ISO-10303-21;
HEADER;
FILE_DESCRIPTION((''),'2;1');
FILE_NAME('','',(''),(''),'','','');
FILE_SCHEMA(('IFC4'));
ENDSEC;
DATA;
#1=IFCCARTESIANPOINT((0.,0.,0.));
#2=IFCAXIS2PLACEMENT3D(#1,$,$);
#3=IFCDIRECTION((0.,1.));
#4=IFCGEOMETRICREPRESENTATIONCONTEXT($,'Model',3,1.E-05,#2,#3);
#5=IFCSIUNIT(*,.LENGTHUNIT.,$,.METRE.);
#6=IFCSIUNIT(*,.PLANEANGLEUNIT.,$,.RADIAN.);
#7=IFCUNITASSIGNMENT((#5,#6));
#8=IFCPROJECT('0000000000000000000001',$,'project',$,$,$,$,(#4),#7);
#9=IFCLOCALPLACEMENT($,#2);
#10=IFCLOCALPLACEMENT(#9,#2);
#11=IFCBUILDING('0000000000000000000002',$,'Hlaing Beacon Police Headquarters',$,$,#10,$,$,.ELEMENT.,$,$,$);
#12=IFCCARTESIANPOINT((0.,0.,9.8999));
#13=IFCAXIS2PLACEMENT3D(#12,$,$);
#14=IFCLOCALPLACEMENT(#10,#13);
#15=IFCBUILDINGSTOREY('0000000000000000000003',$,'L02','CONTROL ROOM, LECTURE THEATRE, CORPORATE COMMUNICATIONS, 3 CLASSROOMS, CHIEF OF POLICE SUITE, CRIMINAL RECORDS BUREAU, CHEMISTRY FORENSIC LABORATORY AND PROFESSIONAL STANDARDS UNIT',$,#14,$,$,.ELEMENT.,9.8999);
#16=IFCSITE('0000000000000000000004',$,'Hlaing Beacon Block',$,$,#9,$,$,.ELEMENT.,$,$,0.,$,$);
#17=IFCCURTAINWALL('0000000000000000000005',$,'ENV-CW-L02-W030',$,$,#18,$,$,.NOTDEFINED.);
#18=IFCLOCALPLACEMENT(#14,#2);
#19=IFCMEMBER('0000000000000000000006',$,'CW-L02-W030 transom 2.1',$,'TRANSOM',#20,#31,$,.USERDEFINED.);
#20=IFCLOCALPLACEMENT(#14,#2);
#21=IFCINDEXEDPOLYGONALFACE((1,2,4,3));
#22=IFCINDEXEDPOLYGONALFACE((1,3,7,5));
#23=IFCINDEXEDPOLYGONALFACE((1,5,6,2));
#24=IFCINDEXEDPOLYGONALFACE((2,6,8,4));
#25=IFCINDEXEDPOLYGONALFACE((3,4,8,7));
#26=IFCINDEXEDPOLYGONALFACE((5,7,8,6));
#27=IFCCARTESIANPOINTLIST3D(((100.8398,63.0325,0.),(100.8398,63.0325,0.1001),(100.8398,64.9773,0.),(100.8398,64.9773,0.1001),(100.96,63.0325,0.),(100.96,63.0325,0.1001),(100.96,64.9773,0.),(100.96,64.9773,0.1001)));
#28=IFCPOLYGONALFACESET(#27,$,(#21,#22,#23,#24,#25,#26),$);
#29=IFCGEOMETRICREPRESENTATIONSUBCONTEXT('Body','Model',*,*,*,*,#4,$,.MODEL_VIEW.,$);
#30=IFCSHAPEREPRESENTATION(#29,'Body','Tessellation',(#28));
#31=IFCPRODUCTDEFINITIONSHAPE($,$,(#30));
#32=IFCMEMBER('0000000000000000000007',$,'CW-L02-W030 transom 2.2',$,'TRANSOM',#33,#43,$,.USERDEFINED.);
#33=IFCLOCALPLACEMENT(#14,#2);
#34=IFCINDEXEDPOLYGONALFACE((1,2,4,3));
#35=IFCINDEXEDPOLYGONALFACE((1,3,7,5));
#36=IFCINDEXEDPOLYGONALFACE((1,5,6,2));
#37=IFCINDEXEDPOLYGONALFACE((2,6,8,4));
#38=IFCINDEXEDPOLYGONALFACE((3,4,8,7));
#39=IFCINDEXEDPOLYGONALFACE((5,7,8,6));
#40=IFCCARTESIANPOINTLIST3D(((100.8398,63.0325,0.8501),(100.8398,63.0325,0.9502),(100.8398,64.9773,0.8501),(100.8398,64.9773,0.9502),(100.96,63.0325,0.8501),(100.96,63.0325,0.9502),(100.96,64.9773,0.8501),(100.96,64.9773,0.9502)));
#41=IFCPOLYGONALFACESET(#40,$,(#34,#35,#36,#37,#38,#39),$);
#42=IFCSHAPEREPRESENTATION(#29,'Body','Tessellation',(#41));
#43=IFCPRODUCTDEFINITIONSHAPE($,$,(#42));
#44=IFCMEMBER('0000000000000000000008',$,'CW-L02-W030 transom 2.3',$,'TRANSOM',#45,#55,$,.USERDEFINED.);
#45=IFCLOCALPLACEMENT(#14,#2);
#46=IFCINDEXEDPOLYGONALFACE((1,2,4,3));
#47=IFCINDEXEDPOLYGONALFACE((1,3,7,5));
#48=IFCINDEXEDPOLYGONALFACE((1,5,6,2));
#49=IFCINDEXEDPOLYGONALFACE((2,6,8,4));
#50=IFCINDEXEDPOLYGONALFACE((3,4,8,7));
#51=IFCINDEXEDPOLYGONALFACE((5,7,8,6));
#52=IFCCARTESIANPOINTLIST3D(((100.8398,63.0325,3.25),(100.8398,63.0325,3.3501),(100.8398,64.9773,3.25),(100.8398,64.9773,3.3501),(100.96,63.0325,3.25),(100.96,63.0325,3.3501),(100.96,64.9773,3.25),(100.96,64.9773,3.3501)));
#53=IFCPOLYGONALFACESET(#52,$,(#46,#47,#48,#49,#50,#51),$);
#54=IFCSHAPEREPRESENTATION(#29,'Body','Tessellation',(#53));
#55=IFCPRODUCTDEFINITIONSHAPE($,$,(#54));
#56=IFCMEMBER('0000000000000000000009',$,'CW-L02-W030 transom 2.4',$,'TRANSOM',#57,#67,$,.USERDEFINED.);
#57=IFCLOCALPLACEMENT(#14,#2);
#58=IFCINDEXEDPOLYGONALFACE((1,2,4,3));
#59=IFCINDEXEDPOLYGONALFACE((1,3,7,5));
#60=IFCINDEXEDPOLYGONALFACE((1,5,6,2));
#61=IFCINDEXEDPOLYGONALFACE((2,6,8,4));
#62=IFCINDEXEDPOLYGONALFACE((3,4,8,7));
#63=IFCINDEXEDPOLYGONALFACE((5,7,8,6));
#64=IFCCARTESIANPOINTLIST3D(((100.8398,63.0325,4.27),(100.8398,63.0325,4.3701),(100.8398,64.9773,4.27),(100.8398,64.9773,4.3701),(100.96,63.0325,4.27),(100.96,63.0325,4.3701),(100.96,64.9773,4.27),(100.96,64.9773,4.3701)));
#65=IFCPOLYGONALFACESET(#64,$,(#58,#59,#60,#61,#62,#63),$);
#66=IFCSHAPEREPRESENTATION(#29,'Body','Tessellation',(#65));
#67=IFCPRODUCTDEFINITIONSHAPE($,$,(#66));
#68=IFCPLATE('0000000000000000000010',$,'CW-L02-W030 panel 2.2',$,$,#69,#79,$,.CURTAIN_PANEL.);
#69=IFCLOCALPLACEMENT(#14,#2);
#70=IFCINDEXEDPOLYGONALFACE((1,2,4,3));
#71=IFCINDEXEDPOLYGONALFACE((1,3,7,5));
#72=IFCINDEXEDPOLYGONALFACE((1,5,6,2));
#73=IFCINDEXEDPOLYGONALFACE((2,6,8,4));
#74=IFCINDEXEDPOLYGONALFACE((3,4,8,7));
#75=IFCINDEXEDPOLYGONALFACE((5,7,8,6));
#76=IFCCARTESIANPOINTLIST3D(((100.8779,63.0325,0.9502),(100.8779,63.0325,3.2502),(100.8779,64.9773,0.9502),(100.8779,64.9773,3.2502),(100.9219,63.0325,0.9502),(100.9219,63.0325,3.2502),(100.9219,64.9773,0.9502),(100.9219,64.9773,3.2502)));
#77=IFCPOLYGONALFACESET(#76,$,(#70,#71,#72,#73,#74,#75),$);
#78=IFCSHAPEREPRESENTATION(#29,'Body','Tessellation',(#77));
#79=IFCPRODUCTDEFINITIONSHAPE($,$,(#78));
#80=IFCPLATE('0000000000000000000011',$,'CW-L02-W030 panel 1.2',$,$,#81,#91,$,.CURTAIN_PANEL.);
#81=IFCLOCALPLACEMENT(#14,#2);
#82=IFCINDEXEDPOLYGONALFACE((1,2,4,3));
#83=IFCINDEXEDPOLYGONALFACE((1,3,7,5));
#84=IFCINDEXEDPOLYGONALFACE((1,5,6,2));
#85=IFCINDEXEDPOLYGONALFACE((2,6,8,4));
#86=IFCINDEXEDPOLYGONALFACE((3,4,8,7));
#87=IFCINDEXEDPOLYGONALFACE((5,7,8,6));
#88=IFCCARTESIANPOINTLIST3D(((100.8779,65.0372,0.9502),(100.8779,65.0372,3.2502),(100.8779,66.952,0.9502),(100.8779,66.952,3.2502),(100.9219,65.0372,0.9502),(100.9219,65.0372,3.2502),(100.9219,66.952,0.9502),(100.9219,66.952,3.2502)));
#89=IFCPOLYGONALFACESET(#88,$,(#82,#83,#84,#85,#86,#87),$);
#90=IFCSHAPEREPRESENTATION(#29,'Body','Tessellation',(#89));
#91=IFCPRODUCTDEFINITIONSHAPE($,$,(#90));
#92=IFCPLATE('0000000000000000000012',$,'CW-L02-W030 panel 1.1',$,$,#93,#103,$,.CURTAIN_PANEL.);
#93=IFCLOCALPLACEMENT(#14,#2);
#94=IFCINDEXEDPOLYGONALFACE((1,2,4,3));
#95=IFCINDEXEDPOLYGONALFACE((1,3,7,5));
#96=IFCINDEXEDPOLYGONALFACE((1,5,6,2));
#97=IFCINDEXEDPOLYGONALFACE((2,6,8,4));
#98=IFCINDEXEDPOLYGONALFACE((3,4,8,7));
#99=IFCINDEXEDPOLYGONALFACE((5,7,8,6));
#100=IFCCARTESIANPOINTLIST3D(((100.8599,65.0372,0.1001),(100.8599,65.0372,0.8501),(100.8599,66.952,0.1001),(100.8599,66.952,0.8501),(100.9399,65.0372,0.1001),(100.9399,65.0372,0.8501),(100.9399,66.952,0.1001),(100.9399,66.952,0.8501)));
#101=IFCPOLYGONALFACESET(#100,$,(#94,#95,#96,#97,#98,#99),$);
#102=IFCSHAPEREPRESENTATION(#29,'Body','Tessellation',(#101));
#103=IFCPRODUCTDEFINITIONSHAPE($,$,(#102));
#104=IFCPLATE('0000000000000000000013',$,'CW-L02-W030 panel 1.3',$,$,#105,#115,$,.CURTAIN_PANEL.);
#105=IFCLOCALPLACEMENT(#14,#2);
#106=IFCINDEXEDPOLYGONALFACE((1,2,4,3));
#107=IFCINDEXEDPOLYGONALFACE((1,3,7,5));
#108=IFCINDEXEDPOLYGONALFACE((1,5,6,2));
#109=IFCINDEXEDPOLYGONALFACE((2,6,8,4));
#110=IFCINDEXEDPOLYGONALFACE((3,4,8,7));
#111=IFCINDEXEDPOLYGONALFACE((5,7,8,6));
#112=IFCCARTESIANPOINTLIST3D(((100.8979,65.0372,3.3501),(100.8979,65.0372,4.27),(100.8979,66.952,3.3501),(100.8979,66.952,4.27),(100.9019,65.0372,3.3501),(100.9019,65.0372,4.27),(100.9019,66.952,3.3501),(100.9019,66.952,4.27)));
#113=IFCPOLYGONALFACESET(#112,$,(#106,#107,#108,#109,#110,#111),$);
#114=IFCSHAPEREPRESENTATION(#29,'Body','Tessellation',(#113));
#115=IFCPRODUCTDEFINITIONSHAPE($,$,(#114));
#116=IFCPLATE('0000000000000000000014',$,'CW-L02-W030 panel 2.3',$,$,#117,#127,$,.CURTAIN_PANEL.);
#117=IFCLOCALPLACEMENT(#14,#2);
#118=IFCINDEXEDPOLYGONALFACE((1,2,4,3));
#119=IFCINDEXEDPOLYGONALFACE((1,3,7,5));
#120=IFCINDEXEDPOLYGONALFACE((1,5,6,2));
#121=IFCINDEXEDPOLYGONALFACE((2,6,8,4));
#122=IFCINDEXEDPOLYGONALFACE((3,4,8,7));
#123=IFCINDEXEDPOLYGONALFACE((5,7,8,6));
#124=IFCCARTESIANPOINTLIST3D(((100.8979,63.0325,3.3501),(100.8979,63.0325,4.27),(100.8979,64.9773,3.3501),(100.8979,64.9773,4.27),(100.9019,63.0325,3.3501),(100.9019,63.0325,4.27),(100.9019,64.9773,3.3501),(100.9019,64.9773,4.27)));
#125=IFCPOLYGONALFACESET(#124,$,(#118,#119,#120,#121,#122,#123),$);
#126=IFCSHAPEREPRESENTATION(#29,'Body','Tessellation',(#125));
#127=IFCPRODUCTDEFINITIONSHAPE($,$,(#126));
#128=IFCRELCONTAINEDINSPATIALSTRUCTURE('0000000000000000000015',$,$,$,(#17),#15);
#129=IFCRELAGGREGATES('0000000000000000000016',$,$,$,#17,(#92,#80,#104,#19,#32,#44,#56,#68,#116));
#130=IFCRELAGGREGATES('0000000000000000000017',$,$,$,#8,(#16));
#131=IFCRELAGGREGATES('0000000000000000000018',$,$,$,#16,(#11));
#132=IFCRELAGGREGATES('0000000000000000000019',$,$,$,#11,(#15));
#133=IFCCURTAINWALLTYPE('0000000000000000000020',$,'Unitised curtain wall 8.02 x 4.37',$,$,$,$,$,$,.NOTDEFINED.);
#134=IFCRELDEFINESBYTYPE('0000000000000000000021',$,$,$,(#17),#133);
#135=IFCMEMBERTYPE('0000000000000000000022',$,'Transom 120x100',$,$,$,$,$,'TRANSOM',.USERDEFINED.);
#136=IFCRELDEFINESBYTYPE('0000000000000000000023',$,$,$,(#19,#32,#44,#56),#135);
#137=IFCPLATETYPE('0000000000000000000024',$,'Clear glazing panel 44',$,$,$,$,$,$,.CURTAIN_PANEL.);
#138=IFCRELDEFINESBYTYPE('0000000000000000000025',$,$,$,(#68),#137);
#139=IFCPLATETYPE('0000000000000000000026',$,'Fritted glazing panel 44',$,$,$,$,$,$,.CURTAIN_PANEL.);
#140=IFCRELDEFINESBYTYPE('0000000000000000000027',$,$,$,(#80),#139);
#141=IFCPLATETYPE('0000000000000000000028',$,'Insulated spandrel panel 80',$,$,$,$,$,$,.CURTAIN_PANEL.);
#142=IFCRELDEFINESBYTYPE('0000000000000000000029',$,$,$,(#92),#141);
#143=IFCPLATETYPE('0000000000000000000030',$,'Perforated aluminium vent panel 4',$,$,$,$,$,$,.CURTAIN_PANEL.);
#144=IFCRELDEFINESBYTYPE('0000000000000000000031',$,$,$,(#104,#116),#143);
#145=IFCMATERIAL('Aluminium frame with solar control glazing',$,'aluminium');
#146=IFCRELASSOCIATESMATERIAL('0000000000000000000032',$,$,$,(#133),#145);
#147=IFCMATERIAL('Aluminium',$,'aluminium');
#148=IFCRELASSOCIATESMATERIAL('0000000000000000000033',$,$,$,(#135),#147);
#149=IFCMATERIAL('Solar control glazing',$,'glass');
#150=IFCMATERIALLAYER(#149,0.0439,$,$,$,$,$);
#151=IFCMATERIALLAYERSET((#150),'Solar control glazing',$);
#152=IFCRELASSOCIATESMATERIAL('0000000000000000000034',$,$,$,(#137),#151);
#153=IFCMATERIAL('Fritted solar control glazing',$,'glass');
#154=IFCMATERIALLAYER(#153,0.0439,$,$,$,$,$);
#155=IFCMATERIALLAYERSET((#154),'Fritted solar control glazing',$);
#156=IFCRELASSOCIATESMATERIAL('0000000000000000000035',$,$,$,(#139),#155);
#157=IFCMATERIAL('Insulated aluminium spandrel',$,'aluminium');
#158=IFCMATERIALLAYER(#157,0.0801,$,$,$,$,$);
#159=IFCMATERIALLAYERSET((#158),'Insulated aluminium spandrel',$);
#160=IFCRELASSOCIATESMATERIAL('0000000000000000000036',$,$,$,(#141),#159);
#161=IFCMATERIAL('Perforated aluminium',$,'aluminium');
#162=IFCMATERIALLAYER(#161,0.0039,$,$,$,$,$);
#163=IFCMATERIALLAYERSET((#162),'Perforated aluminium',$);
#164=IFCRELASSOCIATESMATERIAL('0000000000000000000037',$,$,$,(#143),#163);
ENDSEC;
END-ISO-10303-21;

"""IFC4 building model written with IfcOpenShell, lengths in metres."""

from ifc_helpers import new_model, si_unit, direction, frame, origin, origin_2d, place, context, subcontext, project, spatial, rectangle, extrude, material, layer, layer_set, material_profile, profile_set, type_object, element, aggregate, save


model = new_model("IFC4")

# Units and contexts
model_context = context("Model", 3, precision=1e-05, world=origin(), true_north=direction((0.0, 1.0)))
body_context = subcontext(model_context, "Body", "Model", "MODEL_VIEW")
ifc_project = project(units=[si_unit("LENGTHUNIT", "METRE"), si_unit("PLANEANGLEUNIT", "RADIAN")], contexts=[model_context])

# Site, building, storey
site_placement = place(None, origin())
site = spatial("IfcSite", under=ifc_project, at=site_placement, Name="Hlaing Beacon Block", CompositionType="ELEMENT", RefElevation=0.0)
building_placement = place(site_placement, origin())
building = spatial("IfcBuilding", under=site, at=building_placement, Name="Hlaing Beacon Police Headquarters", CompositionType="ELEMENT")
storey_placement = place(building_placement, frame((0.0, 0.0, 9.8999)))
storey = spatial("IfcBuildingStorey", under=building, at=storey_placement, Name="L02", Description="CONTROL ROOM, LECTURE THEATRE, CORPORATE COMMUNICATIONS, 3 CLASSROOMS, CHIEF OF POLICE SUITE, CRIMINAL RECORDS BUREAU, CHEMISTRY FORENSIC LABORATORY AND PROFESSIONAL STANDARDS UNIT", CompositionType="ELEMENT", Elevation=9.8999)

# Curtain wall
ifc_material_1 = material(Name="Aluminium frame with solar control glazing", Category="aluminium")
curtain_wall_type = type_object("IfcCurtainWallType", Name="Unitised curtain wall 8.02 x 4.37", PredefinedType="NOTDEFINED", material=ifc_material_1)
curtain_wall_placement = place(storey_placement, origin())
curtain_wall = element("IfcCurtainWall", 1, at=curtain_wall_placement, inside=storey, type_object=curtain_wall_type, Name="ENV-CW-L02-W030", PredefinedType="NOTDEFINED")

# Members
ifc_material_2 = material(Name="Aluminium", Category="aluminium")
ifc_material_profile_1 = material_profile(ifc_material_2, rectangle(XDim=0.1201, YDim=0.1001, at=origin_2d()), Name="Transom 120x100")
ifc_profile_set_1 = profile_set([ifc_material_profile_1], Name="Aluminium")
member_type_1 = type_object("IfcMemberType", Name="Transom 120x100", ElementType="TRANSOM", PredefinedType="USERDEFINED", material=ifc_profile_set_1)
member_1_placement = place(storey_placement, frame((100.8999, 64.9773, 0.05), z_axis=(0.0, -1.0, 0.0), x_axis=(1.0, 0.0, 0.0)))
member_1 = element("IfcMember", 2, at=member_1_placement, type_object=member_type_1, Name="CW-L02-W030 transom 2.1", ObjectType="TRANSOM", PredefinedType="USERDEFINED", context=body_context, shape_type="SweptSolid", body=[
    extrude(rectangle(XDim=0.1201, YDim=0.1001, at=origin_2d()), origin(), (0.0, 0.0, 1.0), 1.9448),
])
member_2_placement = place(storey_placement, frame((100.8999, 64.9773, 0.9001), z_axis=(0.0, -1.0, 0.0), x_axis=(1.0, 0.0, 0.0)))
member_2 = element("IfcMember", 3, at=member_2_placement, type_object=member_type_1, Name="CW-L02-W030 transom 2.2", ObjectType="TRANSOM", PredefinedType="USERDEFINED", context=body_context, shape_type="SweptSolid", body=[
    extrude(rectangle(XDim=0.1201, YDim=0.1001, at=origin_2d()), origin(), (0.0, 0.0, 1.0), 1.9448),
])
member_3_placement = place(storey_placement, frame((100.8999, 64.9773, 3.3), z_axis=(0.0, -1.0, 0.0), x_axis=(1.0, 0.0, 0.0)))
member_3 = element("IfcMember", 4, at=member_3_placement, type_object=member_type_1, Name="CW-L02-W030 transom 2.3", ObjectType="TRANSOM", PredefinedType="USERDEFINED", context=body_context, shape_type="SweptSolid", body=[
    extrude(rectangle(XDim=0.1201, YDim=0.1001, at=origin_2d()), origin(), (0.0, 0.0, 1.0), 1.9448),
])
member_4_placement = place(storey_placement, frame((100.8999, 64.9773, 4.3201), z_axis=(0.0, -1.0, 0.0), x_axis=(1.0, 0.0, 0.0)))
member_4 = element("IfcMember", 5, at=member_4_placement, type_object=member_type_1, Name="CW-L02-W030 transom 2.4", ObjectType="TRANSOM", PredefinedType="USERDEFINED", context=body_context, shape_type="SweptSolid", body=[
    extrude(rectangle(XDim=0.1201, YDim=0.1001, at=origin_2d()), origin(), (0.0, 0.0, 1.0), 1.9448),
])

# Plates
ifc_material_3 = material(Name="Solar control glazing", Category="glass")
ifc_layer_1 = layer(ifc_material_3, 0.0439)
ifc_layer_set_1 = layer_set([ifc_layer_1], Name="Solar control glazing")
plate_type_1 = type_object("IfcPlateType", Name="Clear glazing panel 44", PredefinedType="CURTAIN_PANEL", material=ifc_layer_set_1)
plate_1_placement = place(storey_placement, frame((100.8999, 64.0049, 0.9502), z_axis=(0.0, 0.0, 1.0), x_axis=(0.0, -1.0, 0.0)))
plate_1 = element("IfcPlate", 6, at=plate_1_placement, type_object=plate_type_1, Name="CW-L02-W030 panel 2.2", PredefinedType="CURTAIN_PANEL", context=body_context, shape_type="SweptSolid", body=[
    extrude(rectangle(XDim=1.9448, YDim=0.0439, at=origin_2d()), origin(), (0.0, 0.0, 1.0), 2.3),
])
ifc_material_4 = material(Name="Fritted solar control glazing", Category="glass")
ifc_layer_2 = layer(ifc_material_4, 0.0439)
ifc_layer_set_2 = layer_set([ifc_layer_2], Name="Fritted solar control glazing")
plate_type_2 = type_object("IfcPlateType", Name="Fritted glazing panel 44", PredefinedType="CURTAIN_PANEL", material=ifc_layer_set_2)
plate_2_placement = place(storey_placement, frame((100.8999, 65.9946, 0.9502), z_axis=(0.0, 0.0, 1.0), x_axis=(0.0, -1.0, 0.0)))
plate_2 = element("IfcPlate", 7, at=plate_2_placement, type_object=plate_type_2, Name="CW-L02-W030 panel 1.2", PredefinedType="CURTAIN_PANEL", context=body_context, shape_type="SweptSolid", body=[
    extrude(rectangle(XDim=1.9148, YDim=0.0439, at=origin_2d()), origin(), (0.0, 0.0, 1.0), 2.3),
])
ifc_material_5 = material(Name="Insulated aluminium spandrel", Category="aluminium")
ifc_layer_3 = layer(ifc_material_5, 0.0801)
ifc_layer_set_3 = layer_set([ifc_layer_3], Name="Insulated aluminium spandrel")
plate_type_3 = type_object("IfcPlateType", Name="Insulated spandrel panel 80", PredefinedType="CURTAIN_PANEL", material=ifc_layer_set_3)
plate_3_placement = place(storey_placement, frame((100.8999, 65.9946, 0.1001), z_axis=(0.0, 0.0, 1.0), x_axis=(0.0, -1.0, 0.0)))
plate_3 = element("IfcPlate", 8, at=plate_3_placement, type_object=plate_type_3, Name="CW-L02-W030 panel 1.1", PredefinedType="CURTAIN_PANEL", context=body_context, shape_type="SweptSolid", body=[
    extrude(rectangle(XDim=1.9148, YDim=0.0801, at=origin_2d()), origin(), (0.0, 0.0, 1.0), 0.75),
])
ifc_material_6 = material(Name="Perforated aluminium", Category="aluminium")
ifc_layer_4 = layer(ifc_material_6, 0.0039)
ifc_layer_set_4 = layer_set([ifc_layer_4], Name="Perforated aluminium")
plate_type_4 = type_object("IfcPlateType", Name="Perforated aluminium vent panel 4", PredefinedType="CURTAIN_PANEL", material=ifc_layer_set_4)
plate_4_placement = place(storey_placement, frame((100.8999, 65.9946, 3.3501), z_axis=(0.0, 0.0, 1.0), x_axis=(0.0, -1.0, 0.0)))
plate_4 = element("IfcPlate", 9, at=plate_4_placement, type_object=plate_type_4, Name="CW-L02-W030 panel 1.3", PredefinedType="CURTAIN_PANEL", context=body_context, shape_type="SweptSolid", body=[
    extrude(rectangle(XDim=1.9148, YDim=0.0039, at=origin_2d()), origin(), (0.0, 0.0, 1.0), 0.9199),
])
plate_5_placement = place(storey_placement, frame((100.8999, 64.0049, 3.3501), z_axis=(0.0, 0.0, 1.0), x_axis=(0.0, -1.0, 0.0)))
plate_5 = element("IfcPlate", 10, at=plate_5_placement, type_object=plate_type_4, Name="CW-L02-W030 panel 2.3", PredefinedType="CURTAIN_PANEL", context=body_context, shape_type="SweptSolid", body=[
    extrude(rectangle(XDim=1.9448, YDim=0.0039, at=origin_2d()), origin(), (0.0, 0.0, 1.0), 0.9199),
])
aggregate(curtain_wall, [plate_3, plate_2, plate_4, member_1, member_2, member_3, member_4, plate_1, plate_5])

save(model, "model.ifc")
